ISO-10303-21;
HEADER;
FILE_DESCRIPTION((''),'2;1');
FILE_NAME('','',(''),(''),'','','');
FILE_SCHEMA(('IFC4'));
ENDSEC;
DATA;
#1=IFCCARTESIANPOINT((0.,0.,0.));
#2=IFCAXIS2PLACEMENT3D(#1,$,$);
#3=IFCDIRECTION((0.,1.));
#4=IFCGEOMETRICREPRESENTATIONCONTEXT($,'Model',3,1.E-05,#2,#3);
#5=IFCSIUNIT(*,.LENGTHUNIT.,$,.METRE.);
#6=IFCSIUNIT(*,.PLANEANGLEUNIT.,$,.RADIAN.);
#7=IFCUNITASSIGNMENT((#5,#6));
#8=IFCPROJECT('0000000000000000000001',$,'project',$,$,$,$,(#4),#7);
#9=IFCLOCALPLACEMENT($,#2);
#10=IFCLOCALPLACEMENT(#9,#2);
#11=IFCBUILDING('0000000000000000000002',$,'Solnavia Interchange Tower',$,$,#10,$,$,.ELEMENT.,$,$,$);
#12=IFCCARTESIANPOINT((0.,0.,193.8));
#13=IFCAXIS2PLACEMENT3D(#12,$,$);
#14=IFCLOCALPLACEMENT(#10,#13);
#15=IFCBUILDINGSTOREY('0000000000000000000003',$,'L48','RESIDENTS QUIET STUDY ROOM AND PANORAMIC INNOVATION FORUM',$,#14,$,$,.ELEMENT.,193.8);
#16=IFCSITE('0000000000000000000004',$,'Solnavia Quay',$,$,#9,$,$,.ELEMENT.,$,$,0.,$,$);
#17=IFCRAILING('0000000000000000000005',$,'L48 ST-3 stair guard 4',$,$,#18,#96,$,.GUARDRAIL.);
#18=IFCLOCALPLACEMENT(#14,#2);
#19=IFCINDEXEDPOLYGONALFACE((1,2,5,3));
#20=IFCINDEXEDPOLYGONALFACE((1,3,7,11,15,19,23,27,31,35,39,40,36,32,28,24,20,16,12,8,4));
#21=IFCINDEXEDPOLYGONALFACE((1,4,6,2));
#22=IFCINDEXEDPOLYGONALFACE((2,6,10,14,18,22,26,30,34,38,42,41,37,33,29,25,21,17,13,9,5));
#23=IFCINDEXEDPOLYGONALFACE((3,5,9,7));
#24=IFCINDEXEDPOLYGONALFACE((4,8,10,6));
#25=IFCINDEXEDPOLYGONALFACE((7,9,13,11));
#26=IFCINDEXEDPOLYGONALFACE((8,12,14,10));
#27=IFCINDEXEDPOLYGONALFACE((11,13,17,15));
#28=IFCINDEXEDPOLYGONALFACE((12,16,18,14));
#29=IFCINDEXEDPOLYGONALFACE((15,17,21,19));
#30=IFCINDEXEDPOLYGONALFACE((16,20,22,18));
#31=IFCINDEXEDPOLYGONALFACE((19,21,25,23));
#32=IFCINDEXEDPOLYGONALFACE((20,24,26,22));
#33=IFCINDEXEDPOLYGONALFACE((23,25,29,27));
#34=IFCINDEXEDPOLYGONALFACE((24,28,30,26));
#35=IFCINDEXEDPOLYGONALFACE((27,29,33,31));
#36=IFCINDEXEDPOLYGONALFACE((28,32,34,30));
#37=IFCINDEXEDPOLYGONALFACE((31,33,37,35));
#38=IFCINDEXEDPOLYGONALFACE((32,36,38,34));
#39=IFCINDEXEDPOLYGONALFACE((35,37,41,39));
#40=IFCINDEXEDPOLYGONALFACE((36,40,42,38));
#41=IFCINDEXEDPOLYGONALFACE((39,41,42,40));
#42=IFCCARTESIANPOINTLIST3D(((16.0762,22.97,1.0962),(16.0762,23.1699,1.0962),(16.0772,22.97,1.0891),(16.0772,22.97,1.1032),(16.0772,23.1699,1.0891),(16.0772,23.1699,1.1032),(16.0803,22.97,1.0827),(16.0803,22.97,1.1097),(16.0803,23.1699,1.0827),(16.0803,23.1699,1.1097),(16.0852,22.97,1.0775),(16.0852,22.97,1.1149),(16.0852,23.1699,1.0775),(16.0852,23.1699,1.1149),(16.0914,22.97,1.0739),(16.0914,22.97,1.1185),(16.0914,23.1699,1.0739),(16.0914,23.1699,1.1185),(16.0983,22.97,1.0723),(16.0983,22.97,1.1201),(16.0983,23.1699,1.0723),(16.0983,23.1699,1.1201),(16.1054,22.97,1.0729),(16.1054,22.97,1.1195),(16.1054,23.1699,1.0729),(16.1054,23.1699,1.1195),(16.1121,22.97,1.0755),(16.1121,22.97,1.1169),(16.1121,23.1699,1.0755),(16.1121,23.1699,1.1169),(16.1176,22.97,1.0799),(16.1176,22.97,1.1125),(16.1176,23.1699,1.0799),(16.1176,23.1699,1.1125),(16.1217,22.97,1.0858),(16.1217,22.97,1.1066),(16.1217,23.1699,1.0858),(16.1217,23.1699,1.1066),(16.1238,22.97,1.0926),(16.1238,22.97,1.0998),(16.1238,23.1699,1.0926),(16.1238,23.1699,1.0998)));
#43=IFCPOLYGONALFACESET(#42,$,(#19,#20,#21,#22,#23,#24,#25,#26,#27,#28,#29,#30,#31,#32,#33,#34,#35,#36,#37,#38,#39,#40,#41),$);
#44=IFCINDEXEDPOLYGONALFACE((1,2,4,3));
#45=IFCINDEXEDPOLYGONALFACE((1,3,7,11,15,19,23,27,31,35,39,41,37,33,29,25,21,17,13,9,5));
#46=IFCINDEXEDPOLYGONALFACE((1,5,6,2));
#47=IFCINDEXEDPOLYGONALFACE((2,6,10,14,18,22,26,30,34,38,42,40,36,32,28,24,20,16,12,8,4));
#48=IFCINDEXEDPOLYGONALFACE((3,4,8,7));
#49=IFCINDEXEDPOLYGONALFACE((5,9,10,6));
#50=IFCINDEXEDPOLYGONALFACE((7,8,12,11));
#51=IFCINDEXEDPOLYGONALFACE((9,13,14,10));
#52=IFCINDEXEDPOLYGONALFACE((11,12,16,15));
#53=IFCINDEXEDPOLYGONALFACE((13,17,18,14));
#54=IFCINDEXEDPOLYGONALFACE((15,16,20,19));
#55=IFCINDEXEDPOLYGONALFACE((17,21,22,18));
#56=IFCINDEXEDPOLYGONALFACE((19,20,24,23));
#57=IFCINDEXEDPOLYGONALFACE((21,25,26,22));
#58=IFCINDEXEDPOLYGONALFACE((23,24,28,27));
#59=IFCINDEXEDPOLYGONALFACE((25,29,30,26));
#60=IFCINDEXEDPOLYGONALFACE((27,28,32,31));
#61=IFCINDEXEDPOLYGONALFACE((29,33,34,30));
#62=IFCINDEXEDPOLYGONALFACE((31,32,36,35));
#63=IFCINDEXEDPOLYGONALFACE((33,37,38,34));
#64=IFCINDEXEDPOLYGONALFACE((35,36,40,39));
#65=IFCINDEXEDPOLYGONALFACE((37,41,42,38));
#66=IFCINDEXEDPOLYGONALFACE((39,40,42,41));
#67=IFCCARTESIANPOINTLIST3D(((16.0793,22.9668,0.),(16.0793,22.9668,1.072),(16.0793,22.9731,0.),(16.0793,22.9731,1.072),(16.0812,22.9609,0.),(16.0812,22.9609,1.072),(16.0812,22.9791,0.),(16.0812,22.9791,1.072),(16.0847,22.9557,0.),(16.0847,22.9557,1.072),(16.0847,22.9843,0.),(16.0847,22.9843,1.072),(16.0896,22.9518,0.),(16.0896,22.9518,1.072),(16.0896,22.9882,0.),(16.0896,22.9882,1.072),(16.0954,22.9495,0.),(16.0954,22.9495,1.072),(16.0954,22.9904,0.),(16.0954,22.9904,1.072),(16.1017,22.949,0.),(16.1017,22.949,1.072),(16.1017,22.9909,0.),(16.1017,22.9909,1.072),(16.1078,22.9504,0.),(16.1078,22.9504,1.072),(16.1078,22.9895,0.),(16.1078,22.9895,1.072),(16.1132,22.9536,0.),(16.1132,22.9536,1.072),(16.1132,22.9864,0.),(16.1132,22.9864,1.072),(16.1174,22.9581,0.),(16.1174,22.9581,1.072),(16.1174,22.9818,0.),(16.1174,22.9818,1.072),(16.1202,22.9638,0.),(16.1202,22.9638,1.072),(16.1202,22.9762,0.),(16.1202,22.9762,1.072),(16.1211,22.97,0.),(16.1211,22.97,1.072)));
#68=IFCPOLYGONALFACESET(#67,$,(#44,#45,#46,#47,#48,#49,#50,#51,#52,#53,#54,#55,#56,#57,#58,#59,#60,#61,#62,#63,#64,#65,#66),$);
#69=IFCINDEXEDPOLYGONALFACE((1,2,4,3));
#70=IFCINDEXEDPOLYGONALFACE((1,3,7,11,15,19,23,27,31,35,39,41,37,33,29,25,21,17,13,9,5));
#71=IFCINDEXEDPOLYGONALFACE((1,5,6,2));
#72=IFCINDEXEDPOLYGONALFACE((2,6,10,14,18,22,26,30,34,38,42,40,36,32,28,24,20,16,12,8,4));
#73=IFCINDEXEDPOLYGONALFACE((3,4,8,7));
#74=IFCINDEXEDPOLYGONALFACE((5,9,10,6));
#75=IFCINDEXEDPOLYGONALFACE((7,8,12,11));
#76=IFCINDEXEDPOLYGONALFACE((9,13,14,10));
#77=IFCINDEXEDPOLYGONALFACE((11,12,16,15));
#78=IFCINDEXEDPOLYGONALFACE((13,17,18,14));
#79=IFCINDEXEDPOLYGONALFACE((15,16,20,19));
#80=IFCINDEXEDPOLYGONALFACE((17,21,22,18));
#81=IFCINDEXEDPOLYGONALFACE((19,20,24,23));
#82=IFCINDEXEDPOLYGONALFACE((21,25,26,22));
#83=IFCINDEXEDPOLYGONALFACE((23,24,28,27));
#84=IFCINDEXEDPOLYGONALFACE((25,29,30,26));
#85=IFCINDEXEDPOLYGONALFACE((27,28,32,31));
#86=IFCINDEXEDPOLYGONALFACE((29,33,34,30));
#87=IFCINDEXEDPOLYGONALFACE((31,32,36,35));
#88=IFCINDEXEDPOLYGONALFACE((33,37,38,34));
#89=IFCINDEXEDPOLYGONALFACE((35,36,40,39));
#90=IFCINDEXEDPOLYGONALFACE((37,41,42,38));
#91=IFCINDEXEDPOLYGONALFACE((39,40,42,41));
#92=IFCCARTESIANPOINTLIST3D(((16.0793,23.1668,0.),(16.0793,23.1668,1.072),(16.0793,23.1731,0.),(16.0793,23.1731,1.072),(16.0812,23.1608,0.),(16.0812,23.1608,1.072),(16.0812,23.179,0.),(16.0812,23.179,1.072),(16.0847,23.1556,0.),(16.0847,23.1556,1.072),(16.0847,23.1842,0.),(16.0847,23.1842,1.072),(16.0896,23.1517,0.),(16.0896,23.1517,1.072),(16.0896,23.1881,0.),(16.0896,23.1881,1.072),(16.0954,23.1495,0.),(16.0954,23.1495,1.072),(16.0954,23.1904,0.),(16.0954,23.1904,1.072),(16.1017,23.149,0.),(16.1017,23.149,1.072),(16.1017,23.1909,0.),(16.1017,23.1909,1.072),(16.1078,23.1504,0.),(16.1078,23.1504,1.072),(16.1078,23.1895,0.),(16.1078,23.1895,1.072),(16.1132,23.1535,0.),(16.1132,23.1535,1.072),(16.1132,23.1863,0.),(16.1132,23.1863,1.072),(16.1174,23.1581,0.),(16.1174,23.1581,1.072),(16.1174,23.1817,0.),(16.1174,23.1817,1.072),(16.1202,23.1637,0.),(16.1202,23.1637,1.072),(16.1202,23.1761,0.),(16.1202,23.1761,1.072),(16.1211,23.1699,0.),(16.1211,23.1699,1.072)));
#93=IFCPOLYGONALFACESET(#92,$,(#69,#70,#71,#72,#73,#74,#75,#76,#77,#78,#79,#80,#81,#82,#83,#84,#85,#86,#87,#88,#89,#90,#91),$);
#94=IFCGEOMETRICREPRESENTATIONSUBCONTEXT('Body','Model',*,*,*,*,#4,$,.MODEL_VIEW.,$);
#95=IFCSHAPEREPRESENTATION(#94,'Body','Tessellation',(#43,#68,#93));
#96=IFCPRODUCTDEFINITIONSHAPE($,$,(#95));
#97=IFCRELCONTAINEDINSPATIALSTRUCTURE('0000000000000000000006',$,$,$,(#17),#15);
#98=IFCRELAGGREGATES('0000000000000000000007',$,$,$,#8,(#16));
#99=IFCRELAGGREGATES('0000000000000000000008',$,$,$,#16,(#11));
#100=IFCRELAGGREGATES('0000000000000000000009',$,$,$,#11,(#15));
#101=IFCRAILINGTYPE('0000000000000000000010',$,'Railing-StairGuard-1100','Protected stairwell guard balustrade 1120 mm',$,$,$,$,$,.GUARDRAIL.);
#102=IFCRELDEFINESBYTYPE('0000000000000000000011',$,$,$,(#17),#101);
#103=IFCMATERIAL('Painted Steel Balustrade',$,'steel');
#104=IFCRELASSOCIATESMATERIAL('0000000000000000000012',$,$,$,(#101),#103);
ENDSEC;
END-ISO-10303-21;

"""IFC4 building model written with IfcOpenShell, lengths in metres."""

from ifc_helpers import new_model, si_unit, direction, frame, origin, origin_2d, place, context, subcontext, project, spatial, circle, extrude, material, type_object, element, save


model = new_model("IFC4")

# Units and contexts
model_context = context("Model", 3, precision=1e-05, world=origin(), true_north=direction((0.0, 1.0)))
body_context = subcontext(model_context, "Body", "Model", "MODEL_VIEW")
ifc_project = project(units=[si_unit("LENGTHUNIT", "METRE"), si_unit("PLANEANGLEUNIT", "RADIAN")], contexts=[model_context])

# Site, building, storey
site_placement = place(None, origin())
site = spatial("IfcSite", under=ifc_project, at=site_placement, Name="Solnavia Quay", CompositionType="ELEMENT", RefElevation=0.0)
building_placement = place(site_placement, origin())
building = spatial("IfcBuilding", under=site, at=building_placement, Name="Solnavia Interchange Tower", CompositionType="ELEMENT")
storey_placement = place(building_placement, frame((0.0, 0.0, 193.8)))
storey = spatial("IfcBuildingStorey", under=building, at=storey_placement, Name="L48", Description="RESIDENTS QUIET STUDY ROOM AND PANORAMIC INNOVATION FORUM", CompositionType="ELEMENT", Elevation=193.8)

# Railing
ifc_material_1 = material(Name="Painted Steel Balustrade", Category="steel")
railing_type_1 = type_object("IfcRailingType", Name="Railing-StairGuard-1100", Description="Protected stairwell guard balustrade 1120 mm", PredefinedType="GUARDRAIL", material=ifc_material_1)
railing_1_placement = place(storey_placement, frame((16.1001, 22.97, 0.0)))
element("IfcRailing", 1, at=railing_1_placement, inside=storey, type_object=railing_type_1, Name="L48 ST-3 stair guard 4", PredefinedType="GUARDRAIL", context=body_context, shape_type="SweptSolid", body=[
    extrude(circle(Radius=0.0239, at=origin_2d()), frame((0.0, 0.0, 1.0962), z_axis=(0.0, 1.0, 0.0), x_axis=(-1.0, 0.0, 0.0)), (0.0, 0.0, 1.0), 0.2),
    extrude(circle(Radius=0.021, at=origin_2d()), origin(), (0.0, 0.0, 1.0), 1.072),
    extrude(circle(Radius=0.021, at=origin_2d()), frame((0.0, 0.2, 0.0)), (0.0, 0.0, 1.0), 1.072),
])

save(model, "model.ifc")
